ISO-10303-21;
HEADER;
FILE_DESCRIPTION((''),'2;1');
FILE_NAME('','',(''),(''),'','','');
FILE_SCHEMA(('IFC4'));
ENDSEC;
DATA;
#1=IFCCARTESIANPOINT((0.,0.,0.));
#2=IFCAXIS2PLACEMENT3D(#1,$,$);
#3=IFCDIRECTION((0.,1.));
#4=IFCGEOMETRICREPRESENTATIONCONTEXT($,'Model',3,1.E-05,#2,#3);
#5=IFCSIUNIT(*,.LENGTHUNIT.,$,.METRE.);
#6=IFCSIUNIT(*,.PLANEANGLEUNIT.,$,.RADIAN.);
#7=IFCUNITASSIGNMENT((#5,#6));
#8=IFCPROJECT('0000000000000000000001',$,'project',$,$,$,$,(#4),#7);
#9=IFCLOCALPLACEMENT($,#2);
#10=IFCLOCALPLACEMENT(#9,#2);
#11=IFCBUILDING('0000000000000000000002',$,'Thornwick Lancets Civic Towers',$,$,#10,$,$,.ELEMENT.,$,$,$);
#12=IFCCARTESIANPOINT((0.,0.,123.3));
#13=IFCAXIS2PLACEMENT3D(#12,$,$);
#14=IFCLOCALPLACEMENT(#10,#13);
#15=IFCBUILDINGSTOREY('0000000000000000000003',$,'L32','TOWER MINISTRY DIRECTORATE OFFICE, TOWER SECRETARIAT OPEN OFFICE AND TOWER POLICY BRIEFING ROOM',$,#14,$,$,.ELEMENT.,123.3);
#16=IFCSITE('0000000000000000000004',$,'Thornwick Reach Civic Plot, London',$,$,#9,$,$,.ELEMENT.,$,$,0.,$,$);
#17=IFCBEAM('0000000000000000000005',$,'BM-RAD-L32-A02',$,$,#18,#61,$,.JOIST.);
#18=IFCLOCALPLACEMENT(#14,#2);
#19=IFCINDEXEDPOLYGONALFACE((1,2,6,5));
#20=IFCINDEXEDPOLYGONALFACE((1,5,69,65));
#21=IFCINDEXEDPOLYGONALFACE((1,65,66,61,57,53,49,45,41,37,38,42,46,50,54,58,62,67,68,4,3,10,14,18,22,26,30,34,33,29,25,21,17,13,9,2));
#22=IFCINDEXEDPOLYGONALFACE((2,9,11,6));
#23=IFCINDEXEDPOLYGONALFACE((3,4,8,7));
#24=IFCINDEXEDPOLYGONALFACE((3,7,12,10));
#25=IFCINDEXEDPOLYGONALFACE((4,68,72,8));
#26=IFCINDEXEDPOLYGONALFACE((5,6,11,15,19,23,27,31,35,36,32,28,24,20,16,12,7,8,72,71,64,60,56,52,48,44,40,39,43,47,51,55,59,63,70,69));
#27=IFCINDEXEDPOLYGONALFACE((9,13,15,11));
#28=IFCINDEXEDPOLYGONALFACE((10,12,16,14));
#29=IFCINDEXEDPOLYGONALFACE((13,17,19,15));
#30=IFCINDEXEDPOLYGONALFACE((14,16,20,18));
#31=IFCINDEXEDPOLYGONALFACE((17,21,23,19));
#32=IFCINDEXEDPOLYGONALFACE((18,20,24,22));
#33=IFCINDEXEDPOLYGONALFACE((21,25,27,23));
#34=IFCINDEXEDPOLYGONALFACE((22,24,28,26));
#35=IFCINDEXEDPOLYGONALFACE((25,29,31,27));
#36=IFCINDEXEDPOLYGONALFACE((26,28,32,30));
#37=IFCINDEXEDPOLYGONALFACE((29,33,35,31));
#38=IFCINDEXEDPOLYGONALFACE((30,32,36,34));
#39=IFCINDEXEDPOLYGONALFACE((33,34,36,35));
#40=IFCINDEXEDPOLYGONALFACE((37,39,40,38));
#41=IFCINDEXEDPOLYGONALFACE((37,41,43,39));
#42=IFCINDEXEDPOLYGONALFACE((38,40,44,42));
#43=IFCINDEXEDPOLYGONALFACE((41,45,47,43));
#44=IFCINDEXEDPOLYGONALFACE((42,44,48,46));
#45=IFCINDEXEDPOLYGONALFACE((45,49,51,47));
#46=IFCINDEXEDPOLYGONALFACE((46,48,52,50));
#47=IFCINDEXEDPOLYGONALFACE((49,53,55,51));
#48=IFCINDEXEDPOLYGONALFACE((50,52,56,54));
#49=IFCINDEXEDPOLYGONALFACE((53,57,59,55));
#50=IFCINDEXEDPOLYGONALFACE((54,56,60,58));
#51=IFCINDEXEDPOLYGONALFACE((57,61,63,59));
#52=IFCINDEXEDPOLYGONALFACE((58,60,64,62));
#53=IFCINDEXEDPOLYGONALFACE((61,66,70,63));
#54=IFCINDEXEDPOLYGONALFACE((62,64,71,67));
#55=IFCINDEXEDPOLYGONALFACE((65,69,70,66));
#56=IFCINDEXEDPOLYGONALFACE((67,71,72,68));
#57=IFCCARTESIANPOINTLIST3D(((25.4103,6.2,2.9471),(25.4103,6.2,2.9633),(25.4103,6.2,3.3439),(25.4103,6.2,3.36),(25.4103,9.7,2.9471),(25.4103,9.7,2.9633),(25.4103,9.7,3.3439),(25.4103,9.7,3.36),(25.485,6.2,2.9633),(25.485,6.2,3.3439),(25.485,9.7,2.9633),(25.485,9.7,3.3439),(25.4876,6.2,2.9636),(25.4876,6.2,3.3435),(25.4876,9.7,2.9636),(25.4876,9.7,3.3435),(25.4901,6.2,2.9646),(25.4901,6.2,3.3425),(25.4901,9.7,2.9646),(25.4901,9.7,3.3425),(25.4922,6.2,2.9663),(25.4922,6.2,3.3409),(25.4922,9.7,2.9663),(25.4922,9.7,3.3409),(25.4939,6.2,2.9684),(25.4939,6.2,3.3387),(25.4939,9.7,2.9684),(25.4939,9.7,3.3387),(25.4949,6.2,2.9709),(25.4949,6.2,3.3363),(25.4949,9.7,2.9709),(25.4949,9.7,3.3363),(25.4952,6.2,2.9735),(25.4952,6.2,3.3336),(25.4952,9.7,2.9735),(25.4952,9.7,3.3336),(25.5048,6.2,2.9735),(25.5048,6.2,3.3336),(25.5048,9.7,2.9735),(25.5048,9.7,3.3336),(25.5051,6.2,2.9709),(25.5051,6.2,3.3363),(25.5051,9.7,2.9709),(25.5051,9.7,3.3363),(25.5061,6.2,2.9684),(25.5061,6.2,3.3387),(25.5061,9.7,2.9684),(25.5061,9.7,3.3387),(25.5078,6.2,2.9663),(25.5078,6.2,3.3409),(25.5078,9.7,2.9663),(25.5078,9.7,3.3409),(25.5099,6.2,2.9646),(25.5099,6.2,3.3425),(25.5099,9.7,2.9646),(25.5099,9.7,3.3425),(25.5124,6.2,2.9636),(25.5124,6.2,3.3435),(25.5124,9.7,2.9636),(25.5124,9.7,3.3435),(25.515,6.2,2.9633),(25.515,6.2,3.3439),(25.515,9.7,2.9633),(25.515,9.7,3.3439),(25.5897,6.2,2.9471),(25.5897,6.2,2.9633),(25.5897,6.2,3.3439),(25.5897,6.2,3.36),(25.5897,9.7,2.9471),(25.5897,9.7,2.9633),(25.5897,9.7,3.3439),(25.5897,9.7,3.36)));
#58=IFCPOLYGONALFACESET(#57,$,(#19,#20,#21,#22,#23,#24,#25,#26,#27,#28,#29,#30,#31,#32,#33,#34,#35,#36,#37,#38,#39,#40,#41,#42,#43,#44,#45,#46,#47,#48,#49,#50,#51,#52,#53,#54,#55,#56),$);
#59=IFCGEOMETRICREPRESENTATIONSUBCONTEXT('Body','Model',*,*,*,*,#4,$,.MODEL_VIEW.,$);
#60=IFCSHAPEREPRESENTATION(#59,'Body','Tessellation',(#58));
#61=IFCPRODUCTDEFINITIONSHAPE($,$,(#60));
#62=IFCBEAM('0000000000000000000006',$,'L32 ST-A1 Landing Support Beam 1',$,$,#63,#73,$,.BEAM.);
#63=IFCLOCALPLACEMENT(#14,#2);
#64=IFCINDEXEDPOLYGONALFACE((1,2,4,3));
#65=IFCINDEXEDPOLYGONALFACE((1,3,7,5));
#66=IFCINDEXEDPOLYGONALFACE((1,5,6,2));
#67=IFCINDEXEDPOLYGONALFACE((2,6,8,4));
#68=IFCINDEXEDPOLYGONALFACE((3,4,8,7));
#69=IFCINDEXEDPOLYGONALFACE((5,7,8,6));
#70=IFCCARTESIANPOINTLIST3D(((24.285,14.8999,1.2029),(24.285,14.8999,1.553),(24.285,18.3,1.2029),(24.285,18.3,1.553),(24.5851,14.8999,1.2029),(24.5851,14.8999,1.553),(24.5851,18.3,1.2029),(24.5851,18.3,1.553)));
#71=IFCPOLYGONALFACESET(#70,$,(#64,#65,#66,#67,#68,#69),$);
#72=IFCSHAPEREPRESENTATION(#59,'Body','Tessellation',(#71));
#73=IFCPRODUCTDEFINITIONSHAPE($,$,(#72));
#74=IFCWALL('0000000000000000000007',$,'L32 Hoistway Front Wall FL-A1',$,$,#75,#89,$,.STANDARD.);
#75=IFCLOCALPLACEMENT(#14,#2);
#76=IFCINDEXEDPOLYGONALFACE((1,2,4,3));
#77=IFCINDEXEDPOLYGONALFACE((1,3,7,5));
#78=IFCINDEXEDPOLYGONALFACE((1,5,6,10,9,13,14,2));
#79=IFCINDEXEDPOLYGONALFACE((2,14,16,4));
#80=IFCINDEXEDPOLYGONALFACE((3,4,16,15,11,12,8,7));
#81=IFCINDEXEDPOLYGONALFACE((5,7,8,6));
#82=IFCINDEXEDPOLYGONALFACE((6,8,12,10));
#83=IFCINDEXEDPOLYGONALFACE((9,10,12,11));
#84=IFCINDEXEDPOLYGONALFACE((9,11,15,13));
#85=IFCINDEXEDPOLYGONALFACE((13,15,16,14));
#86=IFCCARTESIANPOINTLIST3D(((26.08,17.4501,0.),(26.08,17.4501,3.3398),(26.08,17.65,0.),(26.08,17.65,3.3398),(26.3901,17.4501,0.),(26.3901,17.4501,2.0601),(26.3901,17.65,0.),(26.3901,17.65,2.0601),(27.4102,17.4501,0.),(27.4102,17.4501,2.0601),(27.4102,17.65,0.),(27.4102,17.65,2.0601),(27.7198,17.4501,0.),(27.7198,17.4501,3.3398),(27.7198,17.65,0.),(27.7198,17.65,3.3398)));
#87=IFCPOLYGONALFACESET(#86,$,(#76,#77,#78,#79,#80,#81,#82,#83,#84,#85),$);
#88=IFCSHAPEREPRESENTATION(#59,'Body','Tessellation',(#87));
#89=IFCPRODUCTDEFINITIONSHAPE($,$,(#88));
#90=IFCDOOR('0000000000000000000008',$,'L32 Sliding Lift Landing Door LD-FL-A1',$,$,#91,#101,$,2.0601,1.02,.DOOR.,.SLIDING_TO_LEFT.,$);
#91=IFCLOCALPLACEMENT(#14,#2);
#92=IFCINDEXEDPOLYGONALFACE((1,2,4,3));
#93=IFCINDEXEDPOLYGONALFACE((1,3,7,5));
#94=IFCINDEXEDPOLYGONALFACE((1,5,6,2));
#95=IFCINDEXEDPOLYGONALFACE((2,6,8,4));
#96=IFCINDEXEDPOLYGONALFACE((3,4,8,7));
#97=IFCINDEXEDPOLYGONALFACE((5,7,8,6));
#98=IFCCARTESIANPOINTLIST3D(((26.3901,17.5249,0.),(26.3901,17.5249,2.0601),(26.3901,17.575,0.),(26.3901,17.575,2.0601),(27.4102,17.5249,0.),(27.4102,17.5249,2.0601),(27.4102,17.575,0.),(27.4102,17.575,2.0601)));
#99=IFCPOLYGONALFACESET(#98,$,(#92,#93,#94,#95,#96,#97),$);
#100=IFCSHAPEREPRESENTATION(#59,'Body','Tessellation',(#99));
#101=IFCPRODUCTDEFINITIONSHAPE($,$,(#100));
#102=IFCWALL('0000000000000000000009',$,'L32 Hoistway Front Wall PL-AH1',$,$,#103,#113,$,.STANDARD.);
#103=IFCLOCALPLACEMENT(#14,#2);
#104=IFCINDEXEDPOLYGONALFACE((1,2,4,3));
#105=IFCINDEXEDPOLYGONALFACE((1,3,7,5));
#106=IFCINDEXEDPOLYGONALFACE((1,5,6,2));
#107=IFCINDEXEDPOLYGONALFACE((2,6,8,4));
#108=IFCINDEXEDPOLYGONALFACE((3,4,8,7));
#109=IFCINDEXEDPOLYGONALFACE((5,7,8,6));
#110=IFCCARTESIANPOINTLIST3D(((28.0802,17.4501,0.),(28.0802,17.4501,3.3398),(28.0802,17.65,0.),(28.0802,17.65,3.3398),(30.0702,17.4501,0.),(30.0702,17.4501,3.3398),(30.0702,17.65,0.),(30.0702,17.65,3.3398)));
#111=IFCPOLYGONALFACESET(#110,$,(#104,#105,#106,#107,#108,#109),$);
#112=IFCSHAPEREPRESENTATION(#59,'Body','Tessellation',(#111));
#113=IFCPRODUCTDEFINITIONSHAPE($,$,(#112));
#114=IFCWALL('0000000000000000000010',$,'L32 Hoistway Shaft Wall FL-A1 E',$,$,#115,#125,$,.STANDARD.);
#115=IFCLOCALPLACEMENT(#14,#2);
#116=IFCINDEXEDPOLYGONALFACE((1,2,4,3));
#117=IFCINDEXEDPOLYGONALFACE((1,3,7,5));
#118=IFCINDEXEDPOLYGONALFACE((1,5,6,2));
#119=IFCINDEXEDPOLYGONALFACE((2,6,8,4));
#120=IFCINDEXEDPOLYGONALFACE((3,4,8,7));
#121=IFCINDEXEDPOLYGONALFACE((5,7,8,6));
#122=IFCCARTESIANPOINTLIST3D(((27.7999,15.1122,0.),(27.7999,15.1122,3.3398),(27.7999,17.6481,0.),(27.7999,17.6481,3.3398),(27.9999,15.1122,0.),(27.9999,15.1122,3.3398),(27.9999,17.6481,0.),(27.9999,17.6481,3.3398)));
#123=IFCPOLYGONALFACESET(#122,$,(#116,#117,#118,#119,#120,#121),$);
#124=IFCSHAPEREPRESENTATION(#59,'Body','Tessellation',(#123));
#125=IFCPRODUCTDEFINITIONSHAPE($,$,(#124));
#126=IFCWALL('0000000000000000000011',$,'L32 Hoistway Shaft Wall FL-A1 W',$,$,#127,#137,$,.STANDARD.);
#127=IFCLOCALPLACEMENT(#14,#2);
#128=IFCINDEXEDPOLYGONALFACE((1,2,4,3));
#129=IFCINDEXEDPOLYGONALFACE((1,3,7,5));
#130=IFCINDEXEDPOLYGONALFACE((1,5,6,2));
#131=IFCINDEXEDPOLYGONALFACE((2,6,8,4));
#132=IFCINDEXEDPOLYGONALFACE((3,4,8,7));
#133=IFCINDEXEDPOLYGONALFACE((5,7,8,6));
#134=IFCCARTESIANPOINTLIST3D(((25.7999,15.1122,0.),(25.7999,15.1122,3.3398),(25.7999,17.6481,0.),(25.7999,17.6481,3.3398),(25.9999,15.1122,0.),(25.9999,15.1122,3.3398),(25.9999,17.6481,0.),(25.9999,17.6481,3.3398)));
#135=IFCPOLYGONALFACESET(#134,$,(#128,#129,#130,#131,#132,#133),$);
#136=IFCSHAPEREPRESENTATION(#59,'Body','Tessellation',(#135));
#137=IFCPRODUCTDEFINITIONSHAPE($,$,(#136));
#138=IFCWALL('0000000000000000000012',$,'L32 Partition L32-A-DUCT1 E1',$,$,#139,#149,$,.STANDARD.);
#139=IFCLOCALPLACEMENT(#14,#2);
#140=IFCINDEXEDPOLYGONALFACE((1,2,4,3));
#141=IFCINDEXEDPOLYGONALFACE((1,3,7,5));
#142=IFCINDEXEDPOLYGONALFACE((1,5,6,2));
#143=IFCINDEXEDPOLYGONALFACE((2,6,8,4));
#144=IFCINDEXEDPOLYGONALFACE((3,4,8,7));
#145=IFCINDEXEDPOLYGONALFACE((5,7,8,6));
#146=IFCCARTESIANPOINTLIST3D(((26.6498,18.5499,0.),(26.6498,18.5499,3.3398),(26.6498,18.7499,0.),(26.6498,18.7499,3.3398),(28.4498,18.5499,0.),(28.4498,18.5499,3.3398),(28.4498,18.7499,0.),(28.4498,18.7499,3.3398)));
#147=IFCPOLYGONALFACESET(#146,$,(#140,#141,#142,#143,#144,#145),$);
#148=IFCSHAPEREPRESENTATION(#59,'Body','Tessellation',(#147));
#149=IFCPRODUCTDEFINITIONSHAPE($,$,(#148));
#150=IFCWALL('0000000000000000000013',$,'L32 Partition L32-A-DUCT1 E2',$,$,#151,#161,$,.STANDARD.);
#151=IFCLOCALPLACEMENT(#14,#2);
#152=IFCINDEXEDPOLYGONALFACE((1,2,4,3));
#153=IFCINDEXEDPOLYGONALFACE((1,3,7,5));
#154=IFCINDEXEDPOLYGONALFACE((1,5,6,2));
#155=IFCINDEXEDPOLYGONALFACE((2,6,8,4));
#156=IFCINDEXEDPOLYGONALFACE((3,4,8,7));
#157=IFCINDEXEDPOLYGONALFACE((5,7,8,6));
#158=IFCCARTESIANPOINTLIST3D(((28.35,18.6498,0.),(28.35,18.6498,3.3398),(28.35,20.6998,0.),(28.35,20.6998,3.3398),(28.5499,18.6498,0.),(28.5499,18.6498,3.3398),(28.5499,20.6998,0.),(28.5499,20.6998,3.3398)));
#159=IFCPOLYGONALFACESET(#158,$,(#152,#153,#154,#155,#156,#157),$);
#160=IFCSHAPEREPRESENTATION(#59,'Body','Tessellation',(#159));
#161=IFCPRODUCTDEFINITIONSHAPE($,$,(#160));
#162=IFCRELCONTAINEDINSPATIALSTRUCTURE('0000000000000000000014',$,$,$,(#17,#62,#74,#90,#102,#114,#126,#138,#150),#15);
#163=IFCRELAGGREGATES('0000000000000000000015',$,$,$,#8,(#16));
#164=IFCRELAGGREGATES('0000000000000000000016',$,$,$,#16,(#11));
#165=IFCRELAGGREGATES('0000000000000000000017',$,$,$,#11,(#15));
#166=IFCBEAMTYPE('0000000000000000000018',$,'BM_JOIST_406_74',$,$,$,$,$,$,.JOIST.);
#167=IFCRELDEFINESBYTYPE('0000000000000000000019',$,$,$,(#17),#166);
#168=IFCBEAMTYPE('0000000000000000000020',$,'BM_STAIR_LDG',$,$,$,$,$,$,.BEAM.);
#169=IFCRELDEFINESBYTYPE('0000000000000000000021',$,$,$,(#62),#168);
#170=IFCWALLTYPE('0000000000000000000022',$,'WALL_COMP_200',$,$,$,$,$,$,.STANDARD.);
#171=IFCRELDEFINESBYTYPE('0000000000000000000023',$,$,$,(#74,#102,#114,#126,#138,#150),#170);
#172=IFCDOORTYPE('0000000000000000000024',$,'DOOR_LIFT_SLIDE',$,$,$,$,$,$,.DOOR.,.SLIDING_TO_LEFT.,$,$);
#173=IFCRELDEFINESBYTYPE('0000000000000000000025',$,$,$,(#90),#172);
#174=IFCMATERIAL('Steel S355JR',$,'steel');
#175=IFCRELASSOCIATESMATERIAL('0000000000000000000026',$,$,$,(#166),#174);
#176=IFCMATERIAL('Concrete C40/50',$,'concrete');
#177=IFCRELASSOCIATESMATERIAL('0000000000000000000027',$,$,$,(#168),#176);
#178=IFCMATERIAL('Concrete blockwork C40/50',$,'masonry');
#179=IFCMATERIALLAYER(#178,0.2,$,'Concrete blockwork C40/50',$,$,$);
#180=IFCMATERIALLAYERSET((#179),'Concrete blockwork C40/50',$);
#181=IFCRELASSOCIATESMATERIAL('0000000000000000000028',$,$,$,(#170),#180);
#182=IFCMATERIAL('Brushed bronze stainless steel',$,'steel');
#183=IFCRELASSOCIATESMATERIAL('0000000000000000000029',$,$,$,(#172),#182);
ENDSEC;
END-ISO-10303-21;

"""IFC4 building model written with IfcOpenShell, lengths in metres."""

from ifc_helpers import new_model, si_unit, direction, frame, frame_2d, origin, origin_2d, place, context, subcontext, project, spatial, rectangle, i_section, extrude, material, layer, layer_set, material_profile, profile_set, type_object, element, fill, save


model = new_model("IFC4")

# Units and contexts
model_context = context("Model", 3, precision=1e-05, world=origin(), true_north=direction((0.0, 1.0)))
body_context = subcontext(model_context, "Body", "Model", "MODEL_VIEW")
ifc_project = project(units=[si_unit("LENGTHUNIT", "METRE"), si_unit("PLANEANGLEUNIT", "RADIAN")], contexts=[model_context])

# Site, building, storey
site_placement = place(None, origin())
site = spatial("IfcSite", under=ifc_project, at=site_placement, Name="Thornwick Reach Civic Plot, London", CompositionType="ELEMENT", RefElevation=0.0)
building_placement = place(site_placement, origin())
building = spatial("IfcBuilding", under=site, at=building_placement, Name="Thornwick Lancets Civic Towers", CompositionType="ELEMENT")
storey_placement = place(building_placement, frame((0.0, 0.0, 123.3)))
storey = spatial("IfcBuildingStorey", under=building, at=storey_placement, Name="L32", Description="TOWER MINISTRY DIRECTORATE OFFICE, TOWER SECRETARIAT OPEN OFFICE AND TOWER POLICY BRIEFING ROOM", CompositionType="ELEMENT", Elevation=123.3)

# Beams
ifc_material_1 = material(Name="Steel S355JR", Category="steel")
ifc_material_profile_1 = material_profile(ifc_material_1, i_section(OverallWidth=0.1794, OverallDepth=0.4128, WebThickness=0.0095, FlangeThickness=0.0161, FilletRadius=0.0103, at=origin_2d()), Name="UKB 406x178x74")
ifc_profile_set_1 = profile_set([ifc_material_profile_1], Name="Steel S355JR")
beam_type_1 = type_object("IfcBeamType", Name="BM_JOIST_406_74", PredefinedType="JOIST", material=ifc_profile_set_1)
beam_1_placement = place(storey_placement, frame((25.5, 9.7, 3.1536), z_axis=(0.0, -1.0, 0.0), x_axis=(1.0, 0.0, 0.0)))
element("IfcBeam", 1, at=beam_1_placement, inside=storey, type_object=beam_type_1, Name="BM-RAD-L32-A02", PredefinedType="JOIST", context=body_context, shape_type="SweptSolid", body=[
    extrude(i_section(OverallWidth=0.1794, OverallDepth=0.4128, WebThickness=0.0095, FlangeThickness=0.0161, FilletRadius=0.0103, at=origin_2d()), origin(), (0.0, 0.0, 1.0), 3.5),
])
ifc_material_2 = material(Name="Concrete C40/50", Category="concrete")
ifc_material_profile_2 = material_profile(ifc_material_2, rectangle(XDim=0.3, YDim=0.3501, at=origin_2d()), Name="RC 300x350")
ifc_profile_set_2 = profile_set([ifc_material_profile_2], Name="Concrete C40/50")
beam_type_2 = type_object("IfcBeamType", Name="BM_STAIR_LDG", PredefinedType="BEAM", material=ifc_profile_set_2)
beam_2_placement = place(storey_placement, frame((24.4351, 14.8999, 1.3779), z_axis=(0.0, 1.0, 0.0), x_axis=(-1.0, 0.0, 0.0)))
element("IfcBeam", 2, at=beam_2_placement, inside=storey, type_object=beam_type_2, Name="L32 ST-A1 Landing Support Beam 1", PredefinedType="BEAM", context=body_context, shape_type="SweptSolid", body=[
    extrude(rectangle(XDim=0.3, YDim=0.3501, at=origin_2d()), origin(), (0.0, 0.0, 1.0), 3.4001),
])

# Wall, opening, door
ifc_material_3 = material(Name="Concrete blockwork C40/50", Category="masonry")
ifc_layer_1 = layer(ifc_material_3, 0.2, Name="Concrete blockwork C40/50")
ifc_layer_set_1 = layer_set([ifc_layer_1], Name="Concrete blockwork C40/50")
wall_type_1 = type_object("IfcWallType", Name="WALL_COMP_200", PredefinedType="STANDARD", material=ifc_layer_set_1)
wall_1_placement = place(storey_placement, frame((26.0801, 17.55, 0.0), z_axis=(0.0, 0.0, 1.0), x_axis=(1.0, 0.0, 0.0)))
wall_1 = element("IfcWall", 3, at=wall_1_placement, inside=storey, type_object=wall_type_1, Name="L32 Hoistway Front Wall FL-A1", PredefinedType="STANDARD", context=body_context, shape_type="SweptSolid", body=[
    extrude(rectangle(XDim=1.6399, YDim=0.2, at=frame_2d((0.8198, 0.0))), origin(), (0.0, 0.0, 1.0), 3.3398),
])
opening_1_placement = place(wall_1_placement, frame((0.3101, 0.0, 0.0)))
opening_1 = element("IfcOpeningElement", 4, at=opening_1_placement, cuts=wall_1, PredefinedType="OPENING", context=body_context, shape_type="SweptSolid", body=[
    extrude(rectangle(XDim=1.02, YDim=2.0601, at=frame_2d((0.51, 1.03))), frame((0.0, 0.1099, 0.0), z_axis=(0.0, -1.0, 0.0), x_axis=(1.0, 0.0, 0.0)), (0.0, 0.0, 1.0), 0.22),
])
ifc_material_4 = material(Name="Brushed bronze stainless steel", Category="steel")
door_type_1 = type_object("IfcDoorType", Name="DOOR_LIFT_SLIDE", OperationType="SLIDING_TO_LEFT", PredefinedType="DOOR", material=ifc_material_4)
door_1_placement = place(opening_1_placement, origin())
door_1 = element("IfcDoor", 5, at=door_1_placement, inside=storey, type_object=door_type_1, Name="L32 Sliding Lift Landing Door LD-FL-A1", OperationType="SLIDING_TO_LEFT", OverallHeight=2.0601, OverallWidth=1.02, PredefinedType="DOOR", context=body_context, shape_type="SweptSolid", body=[
    extrude(rectangle(XDim=1.02, YDim=2.0601, at=frame_2d((0.51, 1.03))), frame((0.0, 0.0249, 0.0), z_axis=(0.0, -1.0, 0.0), x_axis=(1.0, 0.0, 0.0)), (0.0, 0.0, 1.0), 0.05),
])
fill(opening_1, door_1)

# Walls
wall_2_placement = place(storey_placement, frame((28.0801, 17.55, 0.0), z_axis=(0.0, 0.0, 1.0), x_axis=(1.0, 0.0, 0.0)))
element("IfcWall", 6, at=wall_2_placement, inside=storey, type_object=wall_type_1, Name="L32 Hoistway Front Wall PL-AH1", PredefinedType="STANDARD", context=body_context, shape_type="SweptSolid", body=[
    extrude(rectangle(XDim=1.99, YDim=0.2, at=frame_2d((0.9951, 0.0))), origin(), (0.0, 0.0, 1.0), 3.3398),
])
for number, where, z_axis, x_axis, name in (
    (7, (27.8999, 15.1121, 0.0), (0.0, 0.0, 1.0), (0.0, 1.0, 0.0), "L32 Hoistway Shaft Wall FL-A1 E"),
    (8, (25.8999, 15.1121, 0.0), (0.0, 0.0, 1.0), (0.0, 1.0, 0.0), "L32 Hoistway Shaft Wall FL-A1 W"),
):
    element("IfcWall", number, at=place(storey_placement, frame(where, z_axis=z_axis, x_axis=x_axis)), inside=storey, type_object=wall_type_1, Name=name, PredefinedType="STANDARD", context=body_context, shape_type="SweptSolid", body=[
        extrude(rectangle(XDim=2.5359, YDim=0.2, at=frame_2d((1.2681, 0.0))), origin(), (0.0, 0.0, 1.0), 3.3398),
    ])
wall_3_placement = place(storey_placement, frame((26.6499, 18.6499, 0.0), z_axis=(0.0, 0.0, 1.0), x_axis=(1.0, 0.0, 0.0)))
element("IfcWall", 9, at=wall_3_placement, inside=storey, type_object=wall_type_1, Name="L32 Partition L32-A-DUCT1 E1", PredefinedType="STANDARD", context=body_context, shape_type="SweptSolid", body=[
    extrude(rectangle(XDim=1.8, YDim=0.2, at=frame_2d((0.8999, 0.0))), origin(), (0.0, 0.0, 1.0), 3.3398),
])
wall_4_placement = place(storey_placement, frame((28.45, 18.6499, 0.0), z_axis=(0.0, 0.0, 1.0), x_axis=(0.0, 1.0, 0.0)))
element("IfcWall", 10, at=wall_4_placement, inside=storey, type_object=wall_type_1, Name="L32 Partition L32-A-DUCT1 E2", PredefinedType="STANDARD", context=body_context, shape_type="SweptSolid", body=[
    extrude(rectangle(XDim=2.05, YDim=0.2, at=frame_2d((1.0249, 0.0))), origin(), (0.0, 0.0, 1.0), 3.3398),
])

save(model, "model.ifc")
